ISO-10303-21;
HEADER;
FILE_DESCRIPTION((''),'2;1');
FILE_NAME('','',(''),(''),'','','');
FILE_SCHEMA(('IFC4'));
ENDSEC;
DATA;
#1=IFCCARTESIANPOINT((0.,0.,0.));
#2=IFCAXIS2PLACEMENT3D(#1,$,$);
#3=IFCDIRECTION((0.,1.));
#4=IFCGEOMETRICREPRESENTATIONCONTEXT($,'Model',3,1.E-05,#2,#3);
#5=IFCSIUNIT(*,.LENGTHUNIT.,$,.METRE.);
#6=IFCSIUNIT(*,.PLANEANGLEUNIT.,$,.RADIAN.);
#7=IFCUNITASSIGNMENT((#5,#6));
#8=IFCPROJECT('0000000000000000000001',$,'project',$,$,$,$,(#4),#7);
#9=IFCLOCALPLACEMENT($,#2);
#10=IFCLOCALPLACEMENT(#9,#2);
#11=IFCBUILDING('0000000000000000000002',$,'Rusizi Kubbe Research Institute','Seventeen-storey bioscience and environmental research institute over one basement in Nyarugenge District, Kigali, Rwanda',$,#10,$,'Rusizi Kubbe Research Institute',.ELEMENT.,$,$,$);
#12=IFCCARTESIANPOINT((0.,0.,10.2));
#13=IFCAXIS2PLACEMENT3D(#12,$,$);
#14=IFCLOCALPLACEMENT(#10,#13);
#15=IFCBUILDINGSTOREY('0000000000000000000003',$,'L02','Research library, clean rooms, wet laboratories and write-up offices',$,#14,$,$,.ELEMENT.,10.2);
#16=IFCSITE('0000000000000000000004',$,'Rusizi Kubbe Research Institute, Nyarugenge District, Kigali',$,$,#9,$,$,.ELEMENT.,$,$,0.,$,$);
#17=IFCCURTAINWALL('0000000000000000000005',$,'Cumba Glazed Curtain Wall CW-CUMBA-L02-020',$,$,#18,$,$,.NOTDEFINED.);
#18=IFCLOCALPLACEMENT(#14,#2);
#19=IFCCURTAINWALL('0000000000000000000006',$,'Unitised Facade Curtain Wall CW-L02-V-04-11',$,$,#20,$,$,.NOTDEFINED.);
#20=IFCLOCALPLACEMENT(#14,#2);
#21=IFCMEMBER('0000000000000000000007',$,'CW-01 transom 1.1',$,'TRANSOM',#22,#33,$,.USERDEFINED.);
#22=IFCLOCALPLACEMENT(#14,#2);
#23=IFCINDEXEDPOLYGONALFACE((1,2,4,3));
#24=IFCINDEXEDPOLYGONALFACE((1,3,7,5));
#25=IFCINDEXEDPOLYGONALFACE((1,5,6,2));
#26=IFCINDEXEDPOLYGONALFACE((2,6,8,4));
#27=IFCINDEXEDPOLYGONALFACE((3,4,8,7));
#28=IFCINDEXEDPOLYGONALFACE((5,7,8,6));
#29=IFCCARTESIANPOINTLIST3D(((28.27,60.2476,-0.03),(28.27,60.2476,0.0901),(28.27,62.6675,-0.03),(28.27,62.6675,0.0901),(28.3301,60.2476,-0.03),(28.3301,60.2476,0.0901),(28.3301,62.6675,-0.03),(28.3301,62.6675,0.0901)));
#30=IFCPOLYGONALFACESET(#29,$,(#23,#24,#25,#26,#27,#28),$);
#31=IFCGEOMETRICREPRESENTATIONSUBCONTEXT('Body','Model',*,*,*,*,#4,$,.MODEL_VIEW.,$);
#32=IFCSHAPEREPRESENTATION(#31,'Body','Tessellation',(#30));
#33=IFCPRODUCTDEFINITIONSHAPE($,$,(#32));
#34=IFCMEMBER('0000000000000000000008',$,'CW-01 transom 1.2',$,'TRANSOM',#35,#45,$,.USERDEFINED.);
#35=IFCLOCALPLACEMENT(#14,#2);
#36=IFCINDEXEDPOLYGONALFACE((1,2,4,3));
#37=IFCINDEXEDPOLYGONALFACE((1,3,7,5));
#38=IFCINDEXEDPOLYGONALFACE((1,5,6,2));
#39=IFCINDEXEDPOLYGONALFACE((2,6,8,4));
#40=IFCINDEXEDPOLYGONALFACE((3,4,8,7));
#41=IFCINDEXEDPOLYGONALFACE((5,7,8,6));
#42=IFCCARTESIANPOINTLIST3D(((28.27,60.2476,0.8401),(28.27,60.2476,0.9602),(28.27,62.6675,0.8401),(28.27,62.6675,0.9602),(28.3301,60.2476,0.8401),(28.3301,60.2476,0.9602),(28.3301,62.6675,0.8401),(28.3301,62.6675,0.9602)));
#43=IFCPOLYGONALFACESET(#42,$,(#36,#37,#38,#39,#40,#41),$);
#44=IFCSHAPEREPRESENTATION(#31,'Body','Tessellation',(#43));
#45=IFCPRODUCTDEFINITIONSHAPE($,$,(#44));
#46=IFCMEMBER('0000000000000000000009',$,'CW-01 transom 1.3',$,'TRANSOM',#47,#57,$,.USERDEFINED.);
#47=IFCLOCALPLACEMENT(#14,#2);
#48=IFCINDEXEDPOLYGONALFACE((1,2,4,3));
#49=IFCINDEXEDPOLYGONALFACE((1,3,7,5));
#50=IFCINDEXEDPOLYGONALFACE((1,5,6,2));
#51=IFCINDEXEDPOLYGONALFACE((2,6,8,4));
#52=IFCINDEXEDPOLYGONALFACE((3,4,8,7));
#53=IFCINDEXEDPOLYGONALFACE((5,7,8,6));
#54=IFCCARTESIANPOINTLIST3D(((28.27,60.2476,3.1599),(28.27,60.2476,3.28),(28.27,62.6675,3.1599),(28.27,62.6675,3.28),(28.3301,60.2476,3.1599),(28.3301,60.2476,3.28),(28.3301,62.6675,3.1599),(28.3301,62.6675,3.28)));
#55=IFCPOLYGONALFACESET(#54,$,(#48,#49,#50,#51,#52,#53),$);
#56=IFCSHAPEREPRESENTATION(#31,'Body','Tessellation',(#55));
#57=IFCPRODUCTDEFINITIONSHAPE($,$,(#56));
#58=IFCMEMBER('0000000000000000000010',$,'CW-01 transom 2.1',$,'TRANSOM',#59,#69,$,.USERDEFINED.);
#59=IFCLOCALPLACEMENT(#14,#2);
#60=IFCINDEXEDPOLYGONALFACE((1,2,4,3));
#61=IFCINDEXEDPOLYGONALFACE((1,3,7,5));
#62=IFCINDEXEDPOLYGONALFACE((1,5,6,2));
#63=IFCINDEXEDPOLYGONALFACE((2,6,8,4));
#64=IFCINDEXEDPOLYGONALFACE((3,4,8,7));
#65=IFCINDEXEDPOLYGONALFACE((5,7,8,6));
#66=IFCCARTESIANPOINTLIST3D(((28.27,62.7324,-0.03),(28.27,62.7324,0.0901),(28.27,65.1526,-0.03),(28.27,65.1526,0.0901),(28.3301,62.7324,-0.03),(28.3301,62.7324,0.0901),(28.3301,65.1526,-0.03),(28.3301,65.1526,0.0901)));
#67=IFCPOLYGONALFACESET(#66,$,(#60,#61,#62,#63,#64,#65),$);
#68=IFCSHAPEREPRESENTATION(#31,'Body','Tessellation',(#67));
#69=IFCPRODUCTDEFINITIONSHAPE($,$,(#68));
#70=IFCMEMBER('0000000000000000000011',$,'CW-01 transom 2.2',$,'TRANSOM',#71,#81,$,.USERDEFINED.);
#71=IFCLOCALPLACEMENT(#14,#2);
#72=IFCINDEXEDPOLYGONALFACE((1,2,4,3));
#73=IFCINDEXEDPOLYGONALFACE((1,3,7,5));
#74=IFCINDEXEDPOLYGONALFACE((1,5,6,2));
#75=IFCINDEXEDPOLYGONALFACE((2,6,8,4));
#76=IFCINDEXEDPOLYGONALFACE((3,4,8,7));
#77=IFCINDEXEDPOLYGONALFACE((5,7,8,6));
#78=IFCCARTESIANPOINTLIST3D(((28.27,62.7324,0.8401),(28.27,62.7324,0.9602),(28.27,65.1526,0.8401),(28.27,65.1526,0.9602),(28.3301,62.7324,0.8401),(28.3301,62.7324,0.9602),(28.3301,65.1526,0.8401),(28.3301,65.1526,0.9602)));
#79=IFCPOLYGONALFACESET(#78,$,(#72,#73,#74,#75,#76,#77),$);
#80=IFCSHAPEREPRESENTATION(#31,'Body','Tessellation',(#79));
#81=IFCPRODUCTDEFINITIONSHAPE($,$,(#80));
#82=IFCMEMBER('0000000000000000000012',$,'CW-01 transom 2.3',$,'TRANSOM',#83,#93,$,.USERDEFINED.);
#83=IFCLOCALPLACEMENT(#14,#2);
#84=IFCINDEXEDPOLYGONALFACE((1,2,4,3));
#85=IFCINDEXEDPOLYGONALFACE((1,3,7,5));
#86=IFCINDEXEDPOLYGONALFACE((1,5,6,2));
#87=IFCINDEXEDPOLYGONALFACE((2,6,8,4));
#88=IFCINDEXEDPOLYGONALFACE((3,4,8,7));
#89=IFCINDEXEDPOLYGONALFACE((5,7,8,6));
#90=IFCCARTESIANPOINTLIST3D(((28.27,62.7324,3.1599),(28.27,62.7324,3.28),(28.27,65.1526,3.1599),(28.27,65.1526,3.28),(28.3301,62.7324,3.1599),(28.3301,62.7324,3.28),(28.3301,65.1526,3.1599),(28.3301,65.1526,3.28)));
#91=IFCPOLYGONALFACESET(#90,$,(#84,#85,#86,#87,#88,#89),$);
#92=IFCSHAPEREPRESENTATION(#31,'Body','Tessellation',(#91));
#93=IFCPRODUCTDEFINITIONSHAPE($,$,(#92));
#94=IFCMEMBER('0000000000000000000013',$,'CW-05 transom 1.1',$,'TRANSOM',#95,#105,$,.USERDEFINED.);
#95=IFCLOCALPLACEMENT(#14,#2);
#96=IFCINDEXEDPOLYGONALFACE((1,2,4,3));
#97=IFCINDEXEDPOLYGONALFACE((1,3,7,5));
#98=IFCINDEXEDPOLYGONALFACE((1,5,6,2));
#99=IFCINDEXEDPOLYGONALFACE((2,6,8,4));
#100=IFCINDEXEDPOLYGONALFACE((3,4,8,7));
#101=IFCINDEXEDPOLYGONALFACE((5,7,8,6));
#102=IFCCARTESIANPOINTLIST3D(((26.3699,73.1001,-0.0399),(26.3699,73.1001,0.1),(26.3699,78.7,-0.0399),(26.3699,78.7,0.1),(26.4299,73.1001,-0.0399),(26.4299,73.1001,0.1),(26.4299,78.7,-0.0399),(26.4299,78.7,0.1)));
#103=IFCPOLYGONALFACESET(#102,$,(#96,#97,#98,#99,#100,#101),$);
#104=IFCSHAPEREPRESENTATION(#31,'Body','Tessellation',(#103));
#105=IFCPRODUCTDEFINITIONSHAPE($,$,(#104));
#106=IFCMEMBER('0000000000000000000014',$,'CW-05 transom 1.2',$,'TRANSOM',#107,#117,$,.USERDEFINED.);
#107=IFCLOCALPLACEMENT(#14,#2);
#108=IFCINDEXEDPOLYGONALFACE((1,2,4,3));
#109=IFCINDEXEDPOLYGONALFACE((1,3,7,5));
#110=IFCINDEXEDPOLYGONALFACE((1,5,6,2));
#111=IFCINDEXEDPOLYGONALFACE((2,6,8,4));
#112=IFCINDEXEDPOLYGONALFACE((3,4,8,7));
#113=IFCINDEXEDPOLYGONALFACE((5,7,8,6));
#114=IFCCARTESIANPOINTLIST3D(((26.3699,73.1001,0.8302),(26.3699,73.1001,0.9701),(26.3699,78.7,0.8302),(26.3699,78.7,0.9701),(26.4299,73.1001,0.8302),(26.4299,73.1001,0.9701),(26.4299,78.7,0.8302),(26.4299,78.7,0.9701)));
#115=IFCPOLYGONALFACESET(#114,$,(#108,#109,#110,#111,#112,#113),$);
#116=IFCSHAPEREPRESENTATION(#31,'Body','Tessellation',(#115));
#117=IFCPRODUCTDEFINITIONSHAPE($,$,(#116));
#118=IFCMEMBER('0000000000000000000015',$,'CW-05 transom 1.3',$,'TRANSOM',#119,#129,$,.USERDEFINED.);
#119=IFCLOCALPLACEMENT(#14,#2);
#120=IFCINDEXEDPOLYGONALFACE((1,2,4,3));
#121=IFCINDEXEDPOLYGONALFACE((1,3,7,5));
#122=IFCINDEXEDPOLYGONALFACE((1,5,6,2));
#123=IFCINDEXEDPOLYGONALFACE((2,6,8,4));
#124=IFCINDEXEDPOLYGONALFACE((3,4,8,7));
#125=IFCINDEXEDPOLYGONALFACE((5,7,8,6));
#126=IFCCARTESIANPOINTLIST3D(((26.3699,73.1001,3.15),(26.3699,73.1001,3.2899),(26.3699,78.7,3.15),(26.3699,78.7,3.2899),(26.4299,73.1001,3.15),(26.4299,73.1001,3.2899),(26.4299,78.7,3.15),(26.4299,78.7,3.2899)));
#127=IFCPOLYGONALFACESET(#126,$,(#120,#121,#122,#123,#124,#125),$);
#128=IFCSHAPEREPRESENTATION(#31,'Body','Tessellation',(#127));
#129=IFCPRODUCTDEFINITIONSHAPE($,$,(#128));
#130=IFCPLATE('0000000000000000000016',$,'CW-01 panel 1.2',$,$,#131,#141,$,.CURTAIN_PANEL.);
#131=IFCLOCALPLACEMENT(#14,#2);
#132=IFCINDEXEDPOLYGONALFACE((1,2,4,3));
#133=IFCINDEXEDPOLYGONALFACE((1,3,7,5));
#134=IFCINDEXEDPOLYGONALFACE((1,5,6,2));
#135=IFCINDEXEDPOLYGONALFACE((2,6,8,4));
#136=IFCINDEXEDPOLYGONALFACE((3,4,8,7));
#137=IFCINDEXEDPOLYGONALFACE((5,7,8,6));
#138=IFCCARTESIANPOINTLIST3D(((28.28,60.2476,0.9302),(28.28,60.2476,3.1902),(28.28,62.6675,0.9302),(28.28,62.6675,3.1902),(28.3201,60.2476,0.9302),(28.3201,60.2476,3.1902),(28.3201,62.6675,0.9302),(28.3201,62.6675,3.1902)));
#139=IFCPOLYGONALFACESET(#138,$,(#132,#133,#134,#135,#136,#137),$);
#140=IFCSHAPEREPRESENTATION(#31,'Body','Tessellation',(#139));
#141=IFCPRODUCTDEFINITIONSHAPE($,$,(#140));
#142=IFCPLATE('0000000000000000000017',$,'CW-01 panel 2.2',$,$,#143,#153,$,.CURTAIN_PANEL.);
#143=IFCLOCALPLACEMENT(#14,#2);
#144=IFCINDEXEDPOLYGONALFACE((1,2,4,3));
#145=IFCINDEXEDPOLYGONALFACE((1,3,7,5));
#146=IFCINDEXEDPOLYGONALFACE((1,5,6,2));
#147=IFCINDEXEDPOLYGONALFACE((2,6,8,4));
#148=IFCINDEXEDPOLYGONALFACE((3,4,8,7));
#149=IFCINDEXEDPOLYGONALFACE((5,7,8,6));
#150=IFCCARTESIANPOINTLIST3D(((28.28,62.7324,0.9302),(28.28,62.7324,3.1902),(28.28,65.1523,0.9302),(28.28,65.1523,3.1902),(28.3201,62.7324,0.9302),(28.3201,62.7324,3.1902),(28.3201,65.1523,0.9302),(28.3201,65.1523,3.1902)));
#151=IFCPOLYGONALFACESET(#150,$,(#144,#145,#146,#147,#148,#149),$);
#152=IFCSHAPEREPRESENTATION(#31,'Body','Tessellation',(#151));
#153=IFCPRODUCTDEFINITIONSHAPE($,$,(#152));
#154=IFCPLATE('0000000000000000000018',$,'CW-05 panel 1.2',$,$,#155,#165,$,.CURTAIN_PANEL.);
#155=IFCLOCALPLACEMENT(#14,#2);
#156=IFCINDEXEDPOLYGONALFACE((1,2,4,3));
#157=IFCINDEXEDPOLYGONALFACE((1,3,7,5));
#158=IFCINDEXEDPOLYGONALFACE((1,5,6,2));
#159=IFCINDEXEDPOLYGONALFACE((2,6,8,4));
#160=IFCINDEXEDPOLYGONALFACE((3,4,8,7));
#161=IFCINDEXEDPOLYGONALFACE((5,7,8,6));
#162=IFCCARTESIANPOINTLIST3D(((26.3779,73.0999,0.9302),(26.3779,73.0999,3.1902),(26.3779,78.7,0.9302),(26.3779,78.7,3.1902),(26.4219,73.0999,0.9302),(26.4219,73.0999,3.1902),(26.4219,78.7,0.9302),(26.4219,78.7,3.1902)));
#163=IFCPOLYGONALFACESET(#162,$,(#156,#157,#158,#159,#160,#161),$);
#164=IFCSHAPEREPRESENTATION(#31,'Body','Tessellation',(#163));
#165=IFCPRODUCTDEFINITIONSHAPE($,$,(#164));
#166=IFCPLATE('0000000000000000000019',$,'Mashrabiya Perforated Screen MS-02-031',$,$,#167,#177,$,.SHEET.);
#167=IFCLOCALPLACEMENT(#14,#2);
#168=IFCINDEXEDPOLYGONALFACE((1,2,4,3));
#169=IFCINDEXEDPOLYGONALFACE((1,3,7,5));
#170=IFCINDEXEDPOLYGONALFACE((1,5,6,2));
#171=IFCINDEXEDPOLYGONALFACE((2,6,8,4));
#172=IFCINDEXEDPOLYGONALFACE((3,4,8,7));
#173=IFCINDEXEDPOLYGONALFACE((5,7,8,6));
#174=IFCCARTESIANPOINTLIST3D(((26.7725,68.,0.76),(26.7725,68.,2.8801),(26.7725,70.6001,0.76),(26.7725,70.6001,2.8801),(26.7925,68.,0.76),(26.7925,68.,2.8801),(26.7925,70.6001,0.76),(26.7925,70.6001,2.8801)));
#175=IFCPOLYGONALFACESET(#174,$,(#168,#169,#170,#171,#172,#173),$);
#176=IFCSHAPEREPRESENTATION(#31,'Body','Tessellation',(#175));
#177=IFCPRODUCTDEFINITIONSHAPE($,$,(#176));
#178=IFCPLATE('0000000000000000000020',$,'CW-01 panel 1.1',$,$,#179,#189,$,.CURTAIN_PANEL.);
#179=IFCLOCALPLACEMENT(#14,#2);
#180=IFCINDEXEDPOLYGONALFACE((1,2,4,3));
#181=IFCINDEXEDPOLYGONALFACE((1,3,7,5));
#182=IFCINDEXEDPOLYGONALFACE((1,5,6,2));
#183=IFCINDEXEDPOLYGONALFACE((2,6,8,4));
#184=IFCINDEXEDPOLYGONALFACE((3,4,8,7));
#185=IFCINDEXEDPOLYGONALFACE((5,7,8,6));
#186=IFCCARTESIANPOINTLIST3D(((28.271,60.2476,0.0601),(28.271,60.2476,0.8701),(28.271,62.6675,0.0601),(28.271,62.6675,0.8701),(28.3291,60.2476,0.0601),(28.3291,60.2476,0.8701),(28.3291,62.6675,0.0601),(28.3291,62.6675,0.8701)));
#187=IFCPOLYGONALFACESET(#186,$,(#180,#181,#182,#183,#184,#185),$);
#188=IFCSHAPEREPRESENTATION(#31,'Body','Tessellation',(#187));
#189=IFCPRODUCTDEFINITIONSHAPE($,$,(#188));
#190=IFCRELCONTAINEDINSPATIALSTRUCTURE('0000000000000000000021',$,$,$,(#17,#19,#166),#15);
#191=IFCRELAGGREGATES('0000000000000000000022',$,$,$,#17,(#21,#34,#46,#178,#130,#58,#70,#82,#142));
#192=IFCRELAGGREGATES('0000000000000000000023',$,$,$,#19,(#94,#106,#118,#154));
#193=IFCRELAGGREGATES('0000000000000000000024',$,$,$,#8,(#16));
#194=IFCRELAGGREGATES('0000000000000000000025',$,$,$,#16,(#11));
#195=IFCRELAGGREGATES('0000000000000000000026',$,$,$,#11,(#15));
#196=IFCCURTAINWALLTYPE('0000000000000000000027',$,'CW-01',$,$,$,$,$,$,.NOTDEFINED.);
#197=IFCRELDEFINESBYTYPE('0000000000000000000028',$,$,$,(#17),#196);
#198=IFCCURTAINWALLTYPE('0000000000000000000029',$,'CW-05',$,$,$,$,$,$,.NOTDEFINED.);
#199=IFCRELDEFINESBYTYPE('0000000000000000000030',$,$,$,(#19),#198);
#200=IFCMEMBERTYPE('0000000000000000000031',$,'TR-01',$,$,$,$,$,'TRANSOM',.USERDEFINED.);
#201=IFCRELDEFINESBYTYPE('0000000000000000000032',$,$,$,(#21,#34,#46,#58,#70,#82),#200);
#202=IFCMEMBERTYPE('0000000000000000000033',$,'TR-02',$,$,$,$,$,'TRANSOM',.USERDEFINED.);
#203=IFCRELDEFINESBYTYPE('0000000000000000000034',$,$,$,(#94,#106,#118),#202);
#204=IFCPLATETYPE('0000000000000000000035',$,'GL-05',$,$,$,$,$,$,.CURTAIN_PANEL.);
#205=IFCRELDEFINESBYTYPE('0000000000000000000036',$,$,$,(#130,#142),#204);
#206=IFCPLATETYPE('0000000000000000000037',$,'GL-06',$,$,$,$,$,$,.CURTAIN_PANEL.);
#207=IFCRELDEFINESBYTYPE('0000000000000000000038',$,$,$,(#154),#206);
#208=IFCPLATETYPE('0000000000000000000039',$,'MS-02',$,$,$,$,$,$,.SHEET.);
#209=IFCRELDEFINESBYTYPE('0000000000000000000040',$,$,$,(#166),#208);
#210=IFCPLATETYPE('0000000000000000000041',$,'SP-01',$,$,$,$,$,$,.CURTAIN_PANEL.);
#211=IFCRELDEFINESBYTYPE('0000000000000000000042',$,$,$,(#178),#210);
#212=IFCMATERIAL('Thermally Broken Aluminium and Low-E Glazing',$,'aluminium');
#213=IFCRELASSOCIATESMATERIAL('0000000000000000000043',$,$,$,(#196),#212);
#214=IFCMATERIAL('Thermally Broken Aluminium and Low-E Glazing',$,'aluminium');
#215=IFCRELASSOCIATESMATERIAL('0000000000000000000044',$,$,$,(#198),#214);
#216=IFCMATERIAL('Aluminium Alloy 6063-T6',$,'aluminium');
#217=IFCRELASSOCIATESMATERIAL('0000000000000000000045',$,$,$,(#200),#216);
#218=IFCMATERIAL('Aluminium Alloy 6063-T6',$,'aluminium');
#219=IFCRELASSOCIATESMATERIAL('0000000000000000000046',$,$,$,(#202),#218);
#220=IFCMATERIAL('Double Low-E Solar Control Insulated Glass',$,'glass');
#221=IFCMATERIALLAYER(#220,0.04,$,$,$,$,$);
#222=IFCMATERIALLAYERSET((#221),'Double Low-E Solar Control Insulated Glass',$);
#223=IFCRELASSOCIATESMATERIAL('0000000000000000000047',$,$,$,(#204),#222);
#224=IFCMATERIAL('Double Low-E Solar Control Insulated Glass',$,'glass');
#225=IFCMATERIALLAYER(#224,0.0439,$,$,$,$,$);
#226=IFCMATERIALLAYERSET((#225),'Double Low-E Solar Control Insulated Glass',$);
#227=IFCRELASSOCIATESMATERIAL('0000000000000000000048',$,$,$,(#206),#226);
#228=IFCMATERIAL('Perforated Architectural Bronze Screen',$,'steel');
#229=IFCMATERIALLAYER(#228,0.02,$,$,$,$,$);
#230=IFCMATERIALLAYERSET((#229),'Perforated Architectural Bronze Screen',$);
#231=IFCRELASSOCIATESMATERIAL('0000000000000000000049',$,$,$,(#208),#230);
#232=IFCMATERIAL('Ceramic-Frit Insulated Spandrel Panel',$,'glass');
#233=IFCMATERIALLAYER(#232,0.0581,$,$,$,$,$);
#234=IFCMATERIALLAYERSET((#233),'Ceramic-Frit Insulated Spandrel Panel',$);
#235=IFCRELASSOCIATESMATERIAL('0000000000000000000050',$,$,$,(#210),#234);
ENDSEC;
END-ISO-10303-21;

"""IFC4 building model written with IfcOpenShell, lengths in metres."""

from ifc_helpers import new_model, si_unit, direction, frame, origin, origin_2d, place, context, subcontext, project, spatial, rectangle, extrude, material, layer, layer_set, material_profile, profile_set, type_object, element, aggregate, save


model = new_model("IFC4")

# Units and contexts
model_context = context("Model", 3, precision=1e-05, world=origin(), true_north=direction((0.0, 1.0)))
body_context = subcontext(model_context, "Body", "Model", "MODEL_VIEW")
ifc_project = project(units=[si_unit("LENGTHUNIT", "METRE"), si_unit("PLANEANGLEUNIT", "RADIAN")], contexts=[model_context])

# Site, building, storey
site_placement = place(None, origin())
site = spatial("IfcSite", under=ifc_project, at=site_placement, Name="Rusizi Kubbe Research Institute, Nyarugenge District, Kigali", CompositionType="ELEMENT", RefElevation=0.0)
building_placement = place(site_placement, origin())
building = spatial("IfcBuilding", under=site, at=building_placement, Name="Rusizi Kubbe Research Institute", Description="Seventeen-storey bioscience and environmental research institute over one basement in Nyarugenge District, Kigali, Rwanda", LongName="Rusizi Kubbe Research Institute", CompositionType="ELEMENT")
storey_placement = place(building_placement, frame((0.0, 0.0, 10.2)))
storey = spatial("IfcBuildingStorey", under=building, at=storey_placement, Name="L02", Description="Research library, clean rooms, wet laboratories and write-up offices", CompositionType="ELEMENT", Elevation=10.2)

# Curtain walls
ifc_material_1 = material(Name="Thermally Broken Aluminium and Low-E Glazing", Category="aluminium")
curtain_wall_type_1 = type_object("IfcCurtainWallType", Name="CW-01", PredefinedType="NOTDEFINED", material=ifc_material_1)
curtain_wall_1_placement = place(storey_placement, origin())
curtain_wall_1 = element("IfcCurtainWall", 1, at=curtain_wall_1_placement, inside=storey, type_object=curtain_wall_type_1, Name="Cumba Glazed Curtain Wall CW-CUMBA-L02-020", PredefinedType="NOTDEFINED")
ifc_material_2 = material(Name="Thermally Broken Aluminium and Low-E Glazing", Category="aluminium")
curtain_wall_type_2 = type_object("IfcCurtainWallType", Name="CW-05", PredefinedType="NOTDEFINED", material=ifc_material_2)
curtain_wall_2_placement = place(storey_placement, origin())
curtain_wall_2 = element("IfcCurtainWall", 2, at=curtain_wall_2_placement, inside=storey, type_object=curtain_wall_type_2, Name="Unitised Facade Curtain Wall CW-L02-V-04-11", PredefinedType="NOTDEFINED")

# Members
ifc_material_3 = material(Name="Aluminium Alloy 6063-T6", Category="aluminium")
ifc_material_profile_1 = material_profile(ifc_material_3, rectangle(XDim=0.0601, YDim=0.1201, at=origin_2d()), Name="ALU-T 60x120")
ifc_profile_set_1 = profile_set([ifc_material_profile_1], Name="Aluminium Alloy 6063-T6")
member_type_1 = type_object("IfcMemberType", Name="TR-01", ElementType="TRANSOM", PredefinedType="USERDEFINED", material=ifc_profile_set_1)
member_1_placement = place(storey_placement, frame((28.3, 60.2476, 0.03), z_axis=(0.0, 1.0, 0.0), x_axis=(-1.0, 0.0, 0.0)))
member_1 = element("IfcMember", 3, at=member_1_placement, type_object=member_type_1, Name="CW-01 transom 1.1", ObjectType="TRANSOM", PredefinedType="USERDEFINED", context=body_context, shape_type="SweptSolid", body=[
    extrude(rectangle(XDim=0.0601, YDim=0.1201, at=origin_2d()), origin(), (0.0, 0.0, 1.0), 2.4199),
])
member_2_placement = place(storey_placement, frame((28.3, 60.2476, 0.9001), z_axis=(0.0, 1.0, 0.0), x_axis=(-1.0, 0.0, 0.0)))
member_2 = element("IfcMember", 4, at=member_2_placement, type_object=member_type_1, Name="CW-01 transom 1.2", ObjectType="TRANSOM", PredefinedType="USERDEFINED", context=body_context, shape_type="SweptSolid", body=[
    extrude(rectangle(XDim=0.0601, YDim=0.1201, at=origin_2d()), origin(), (0.0, 0.0, 1.0), 2.4199),
])
member_3_placement = place(storey_placement, frame((28.3, 60.2476, 3.22), z_axis=(0.0, 1.0, 0.0), x_axis=(-1.0, 0.0, 0.0)))
member_3 = element("IfcMember", 5, at=member_3_placement, type_object=member_type_1, Name="CW-01 transom 1.3", ObjectType="TRANSOM", PredefinedType="USERDEFINED", context=body_context, shape_type="SweptSolid", body=[
    extrude(rectangle(XDim=0.0601, YDim=0.1201, at=origin_2d()), origin(), (0.0, 0.0, 1.0), 2.4199),
])
member_4_placement = place(storey_placement, frame((28.3, 62.7324, 0.03), z_axis=(0.0, 1.0, 0.0), x_axis=(-1.0, 0.0, 0.0)))
member_4 = element("IfcMember", 6, at=member_4_placement, type_object=member_type_1, Name="CW-01 transom 2.1", ObjectType="TRANSOM", PredefinedType="USERDEFINED", context=body_context, shape_type="SweptSolid", body=[
    extrude(rectangle(XDim=0.0601, YDim=0.1201, at=origin_2d()), origin(), (0.0, 0.0, 1.0), 2.4202),
])
member_5_placement = place(storey_placement, frame((28.3, 62.7324, 0.9001), z_axis=(0.0, 1.0, 0.0), x_axis=(-1.0, 0.0, 0.0)))
member_5 = element("IfcMember", 7, at=member_5_placement, type_object=member_type_1, Name="CW-01 transom 2.2", ObjectType="TRANSOM", PredefinedType="USERDEFINED", context=body_context, shape_type="SweptSolid", body=[
    extrude(rectangle(XDim=0.0601, YDim=0.1201, at=origin_2d()), origin(), (0.0, 0.0, 1.0), 2.4202),
])
member_6_placement = place(storey_placement, frame((28.3, 62.7324, 3.22), z_axis=(0.0, 1.0, 0.0), x_axis=(-1.0, 0.0, 0.0)))
member_6 = element("IfcMember", 8, at=member_6_placement, type_object=member_type_1, Name="CW-01 transom 2.3", ObjectType="TRANSOM", PredefinedType="USERDEFINED", context=body_context, shape_type="SweptSolid", body=[
    extrude(rectangle(XDim=0.0601, YDim=0.1201, at=origin_2d()), origin(), (0.0, 0.0, 1.0), 2.4202),
])
ifc_material_4 = material(Name="Aluminium Alloy 6063-T6", Category="aluminium")
ifc_material_profile_2 = material_profile(ifc_material_4, rectangle(XDim=0.0601, YDim=0.1399, at=origin_2d()), Name="ALU-T 60x140")
ifc_profile_set_2 = profile_set([ifc_material_profile_2], Name="Aluminium Alloy 6063-T6")
member_type_2 = type_object("IfcMemberType", Name="TR-02", ElementType="TRANSOM", PredefinedType="USERDEFINED", material=ifc_profile_set_2)
member_7_placement = place(storey_placement, frame((26.3999, 73.1001, 0.03), z_axis=(0.0, 1.0, 0.0), x_axis=(-1.0, 0.0, 0.0)))
member_7 = element("IfcMember", 9, at=member_7_placement, type_object=member_type_2, Name="CW-05 transom 1.1", ObjectType="TRANSOM", PredefinedType="USERDEFINED", context=body_context, shape_type="SweptSolid", body=[
    extrude(rectangle(XDim=0.0601, YDim=0.1399, at=origin_2d()), origin(), (0.0, 0.0, 1.0), 5.5999),
])
member_8_placement = place(storey_placement, frame((26.3999, 73.1001, 0.9001), z_axis=(0.0, 1.0, 0.0), x_axis=(-1.0, 0.0, 0.0)))
member_8 = element("IfcMember", 10, at=member_8_placement, type_object=member_type_2, Name="CW-05 transom 1.2", ObjectType="TRANSOM", PredefinedType="USERDEFINED", context=body_context, shape_type="SweptSolid", body=[
    extrude(rectangle(XDim=0.0601, YDim=0.1399, at=origin_2d()), origin(), (0.0, 0.0, 1.0), 5.5999),
])
member_9_placement = place(storey_placement, frame((26.3999, 73.1001, 3.22), z_axis=(0.0, 1.0, 0.0), x_axis=(-1.0, 0.0, 0.0)))
member_9 = element("IfcMember", 11, at=member_9_placement, type_object=member_type_2, Name="CW-05 transom 1.3", ObjectType="TRANSOM", PredefinedType="USERDEFINED", context=body_context, shape_type="SweptSolid", body=[
    extrude(rectangle(XDim=0.0601, YDim=0.1399, at=origin_2d()), origin(), (0.0, 0.0, 1.0), 5.5999),
])

# Plates
ifc_material_5 = material(Name="Double Low-E Solar Control Insulated Glass", Category="glass")
ifc_layer_1 = layer(ifc_material_5, 0.04)
ifc_layer_set_1 = layer_set([ifc_layer_1], Name="Double Low-E Solar Control Insulated Glass")
plate_type_1 = type_object("IfcPlateType", Name="GL-05", PredefinedType="CURTAIN_PANEL", material=ifc_layer_set_1)
plate_1_placement = place(storey_placement, frame((28.3, 61.4575, 0.9302), z_axis=(0.0, 0.0, 1.0), x_axis=(0.0, 1.0, 0.0)))
plate_1 = element("IfcPlate", 12, at=plate_1_placement, type_object=plate_type_1, Name="CW-01 panel 1.2", PredefinedType="CURTAIN_PANEL", context=body_context, shape_type="SweptSolid", body=[
    extrude(rectangle(XDim=2.4199, YDim=0.04, at=origin_2d()), origin(), (0.0, 0.0, 1.0), 2.26),
])
plate_2_placement = place(storey_placement, frame((28.3, 63.9424, 0.9302), z_axis=(0.0, 0.0, 1.0), x_axis=(0.0, 1.0, 0.0)))
plate_2 = element("IfcPlate", 13, at=plate_2_placement, type_object=plate_type_1, Name="CW-01 panel 2.2", PredefinedType="CURTAIN_PANEL", context=body_context, shape_type="SweptSolid", body=[
    extrude(rectangle(XDim=2.4199, YDim=0.04, at=origin_2d()), origin(), (0.0, 0.0, 1.0), 2.26),
])
ifc_material_6 = material(Name="Double Low-E Solar Control Insulated Glass", Category="glass")
ifc_layer_2 = layer(ifc_material_6, 0.0439)
ifc_layer_set_2 = layer_set([ifc_layer_2], Name="Double Low-E Solar Control Insulated Glass")
plate_type_2 = type_object("IfcPlateType", Name="GL-06", PredefinedType="CURTAIN_PANEL", material=ifc_layer_set_2)
plate_3_placement = place(storey_placement, frame((26.3999, 75.8999, 0.9302), z_axis=(0.0, 0.0, 1.0), x_axis=(0.0, 1.0, 0.0)))
plate_3 = element("IfcPlate", 14, at=plate_3_placement, type_object=plate_type_2, Name="CW-05 panel 1.2", PredefinedType="CURTAIN_PANEL", context=body_context, shape_type="SweptSolid", body=[
    extrude(rectangle(XDim=5.6001, YDim=0.0439, at=origin_2d()), origin(), (0.0, 0.0, 1.0), 2.26),
])
ifc_material_7 = material(Name="Perforated Architectural Bronze Screen", Category="steel")
ifc_layer_3 = layer(ifc_material_7, 0.02)
ifc_layer_set_3 = layer_set([ifc_layer_3], Name="Perforated Architectural Bronze Screen")
plate_type_3 = type_object("IfcPlateType", Name="MS-02", PredefinedType="SHEET", material=ifc_layer_set_3)
plate_4_placement = place(storey_placement, frame((26.7825, 69.3, 0.76), z_axis=(0.0, 0.0, 1.0), x_axis=(0.0, 1.0, 0.0)))
element("IfcPlate", 15, at=plate_4_placement, inside=storey, type_object=plate_type_3, Name="Mashrabiya Perforated Screen MS-02-031", PredefinedType="SHEET", context=body_context, shape_type="SweptSolid", body=[
    extrude(rectangle(XDim=2.6001, YDim=0.02, at=origin_2d()), origin(), (0.0, 0.0, 1.0), 2.1201),
])
ifc_material_8 = material(Name="Ceramic-Frit Insulated Spandrel Panel", Category="glass")
ifc_layer_4 = layer(ifc_material_8, 0.0581)
ifc_layer_set_4 = layer_set([ifc_layer_4], Name="Ceramic-Frit Insulated Spandrel Panel")
plate_type_4 = type_object("IfcPlateType", Name="SP-01", PredefinedType="CURTAIN_PANEL", material=ifc_layer_set_4)
plate_5_placement = place(storey_placement, frame((28.3, 61.4575, 0.0601), z_axis=(0.0, 0.0, 1.0), x_axis=(0.0, 1.0, 0.0)))
plate_5 = element("IfcPlate", 16, at=plate_5_placement, type_object=plate_type_4, Name="CW-01 panel 1.1", PredefinedType="CURTAIN_PANEL", context=body_context, shape_type="SweptSolid", body=[
    extrude(rectangle(XDim=2.4199, YDim=0.0581, at=origin_2d()), origin(), (0.0, 0.0, 1.0), 0.8101),
])
aggregate(curtain_wall_1, [member_1, member_2, member_3, plate_5, plate_1, member_4, member_5, member_6, plate_2])
aggregate(curtain_wall_2, [member_7, member_8, member_9, plate_3])

save(model, "model.ifc")
